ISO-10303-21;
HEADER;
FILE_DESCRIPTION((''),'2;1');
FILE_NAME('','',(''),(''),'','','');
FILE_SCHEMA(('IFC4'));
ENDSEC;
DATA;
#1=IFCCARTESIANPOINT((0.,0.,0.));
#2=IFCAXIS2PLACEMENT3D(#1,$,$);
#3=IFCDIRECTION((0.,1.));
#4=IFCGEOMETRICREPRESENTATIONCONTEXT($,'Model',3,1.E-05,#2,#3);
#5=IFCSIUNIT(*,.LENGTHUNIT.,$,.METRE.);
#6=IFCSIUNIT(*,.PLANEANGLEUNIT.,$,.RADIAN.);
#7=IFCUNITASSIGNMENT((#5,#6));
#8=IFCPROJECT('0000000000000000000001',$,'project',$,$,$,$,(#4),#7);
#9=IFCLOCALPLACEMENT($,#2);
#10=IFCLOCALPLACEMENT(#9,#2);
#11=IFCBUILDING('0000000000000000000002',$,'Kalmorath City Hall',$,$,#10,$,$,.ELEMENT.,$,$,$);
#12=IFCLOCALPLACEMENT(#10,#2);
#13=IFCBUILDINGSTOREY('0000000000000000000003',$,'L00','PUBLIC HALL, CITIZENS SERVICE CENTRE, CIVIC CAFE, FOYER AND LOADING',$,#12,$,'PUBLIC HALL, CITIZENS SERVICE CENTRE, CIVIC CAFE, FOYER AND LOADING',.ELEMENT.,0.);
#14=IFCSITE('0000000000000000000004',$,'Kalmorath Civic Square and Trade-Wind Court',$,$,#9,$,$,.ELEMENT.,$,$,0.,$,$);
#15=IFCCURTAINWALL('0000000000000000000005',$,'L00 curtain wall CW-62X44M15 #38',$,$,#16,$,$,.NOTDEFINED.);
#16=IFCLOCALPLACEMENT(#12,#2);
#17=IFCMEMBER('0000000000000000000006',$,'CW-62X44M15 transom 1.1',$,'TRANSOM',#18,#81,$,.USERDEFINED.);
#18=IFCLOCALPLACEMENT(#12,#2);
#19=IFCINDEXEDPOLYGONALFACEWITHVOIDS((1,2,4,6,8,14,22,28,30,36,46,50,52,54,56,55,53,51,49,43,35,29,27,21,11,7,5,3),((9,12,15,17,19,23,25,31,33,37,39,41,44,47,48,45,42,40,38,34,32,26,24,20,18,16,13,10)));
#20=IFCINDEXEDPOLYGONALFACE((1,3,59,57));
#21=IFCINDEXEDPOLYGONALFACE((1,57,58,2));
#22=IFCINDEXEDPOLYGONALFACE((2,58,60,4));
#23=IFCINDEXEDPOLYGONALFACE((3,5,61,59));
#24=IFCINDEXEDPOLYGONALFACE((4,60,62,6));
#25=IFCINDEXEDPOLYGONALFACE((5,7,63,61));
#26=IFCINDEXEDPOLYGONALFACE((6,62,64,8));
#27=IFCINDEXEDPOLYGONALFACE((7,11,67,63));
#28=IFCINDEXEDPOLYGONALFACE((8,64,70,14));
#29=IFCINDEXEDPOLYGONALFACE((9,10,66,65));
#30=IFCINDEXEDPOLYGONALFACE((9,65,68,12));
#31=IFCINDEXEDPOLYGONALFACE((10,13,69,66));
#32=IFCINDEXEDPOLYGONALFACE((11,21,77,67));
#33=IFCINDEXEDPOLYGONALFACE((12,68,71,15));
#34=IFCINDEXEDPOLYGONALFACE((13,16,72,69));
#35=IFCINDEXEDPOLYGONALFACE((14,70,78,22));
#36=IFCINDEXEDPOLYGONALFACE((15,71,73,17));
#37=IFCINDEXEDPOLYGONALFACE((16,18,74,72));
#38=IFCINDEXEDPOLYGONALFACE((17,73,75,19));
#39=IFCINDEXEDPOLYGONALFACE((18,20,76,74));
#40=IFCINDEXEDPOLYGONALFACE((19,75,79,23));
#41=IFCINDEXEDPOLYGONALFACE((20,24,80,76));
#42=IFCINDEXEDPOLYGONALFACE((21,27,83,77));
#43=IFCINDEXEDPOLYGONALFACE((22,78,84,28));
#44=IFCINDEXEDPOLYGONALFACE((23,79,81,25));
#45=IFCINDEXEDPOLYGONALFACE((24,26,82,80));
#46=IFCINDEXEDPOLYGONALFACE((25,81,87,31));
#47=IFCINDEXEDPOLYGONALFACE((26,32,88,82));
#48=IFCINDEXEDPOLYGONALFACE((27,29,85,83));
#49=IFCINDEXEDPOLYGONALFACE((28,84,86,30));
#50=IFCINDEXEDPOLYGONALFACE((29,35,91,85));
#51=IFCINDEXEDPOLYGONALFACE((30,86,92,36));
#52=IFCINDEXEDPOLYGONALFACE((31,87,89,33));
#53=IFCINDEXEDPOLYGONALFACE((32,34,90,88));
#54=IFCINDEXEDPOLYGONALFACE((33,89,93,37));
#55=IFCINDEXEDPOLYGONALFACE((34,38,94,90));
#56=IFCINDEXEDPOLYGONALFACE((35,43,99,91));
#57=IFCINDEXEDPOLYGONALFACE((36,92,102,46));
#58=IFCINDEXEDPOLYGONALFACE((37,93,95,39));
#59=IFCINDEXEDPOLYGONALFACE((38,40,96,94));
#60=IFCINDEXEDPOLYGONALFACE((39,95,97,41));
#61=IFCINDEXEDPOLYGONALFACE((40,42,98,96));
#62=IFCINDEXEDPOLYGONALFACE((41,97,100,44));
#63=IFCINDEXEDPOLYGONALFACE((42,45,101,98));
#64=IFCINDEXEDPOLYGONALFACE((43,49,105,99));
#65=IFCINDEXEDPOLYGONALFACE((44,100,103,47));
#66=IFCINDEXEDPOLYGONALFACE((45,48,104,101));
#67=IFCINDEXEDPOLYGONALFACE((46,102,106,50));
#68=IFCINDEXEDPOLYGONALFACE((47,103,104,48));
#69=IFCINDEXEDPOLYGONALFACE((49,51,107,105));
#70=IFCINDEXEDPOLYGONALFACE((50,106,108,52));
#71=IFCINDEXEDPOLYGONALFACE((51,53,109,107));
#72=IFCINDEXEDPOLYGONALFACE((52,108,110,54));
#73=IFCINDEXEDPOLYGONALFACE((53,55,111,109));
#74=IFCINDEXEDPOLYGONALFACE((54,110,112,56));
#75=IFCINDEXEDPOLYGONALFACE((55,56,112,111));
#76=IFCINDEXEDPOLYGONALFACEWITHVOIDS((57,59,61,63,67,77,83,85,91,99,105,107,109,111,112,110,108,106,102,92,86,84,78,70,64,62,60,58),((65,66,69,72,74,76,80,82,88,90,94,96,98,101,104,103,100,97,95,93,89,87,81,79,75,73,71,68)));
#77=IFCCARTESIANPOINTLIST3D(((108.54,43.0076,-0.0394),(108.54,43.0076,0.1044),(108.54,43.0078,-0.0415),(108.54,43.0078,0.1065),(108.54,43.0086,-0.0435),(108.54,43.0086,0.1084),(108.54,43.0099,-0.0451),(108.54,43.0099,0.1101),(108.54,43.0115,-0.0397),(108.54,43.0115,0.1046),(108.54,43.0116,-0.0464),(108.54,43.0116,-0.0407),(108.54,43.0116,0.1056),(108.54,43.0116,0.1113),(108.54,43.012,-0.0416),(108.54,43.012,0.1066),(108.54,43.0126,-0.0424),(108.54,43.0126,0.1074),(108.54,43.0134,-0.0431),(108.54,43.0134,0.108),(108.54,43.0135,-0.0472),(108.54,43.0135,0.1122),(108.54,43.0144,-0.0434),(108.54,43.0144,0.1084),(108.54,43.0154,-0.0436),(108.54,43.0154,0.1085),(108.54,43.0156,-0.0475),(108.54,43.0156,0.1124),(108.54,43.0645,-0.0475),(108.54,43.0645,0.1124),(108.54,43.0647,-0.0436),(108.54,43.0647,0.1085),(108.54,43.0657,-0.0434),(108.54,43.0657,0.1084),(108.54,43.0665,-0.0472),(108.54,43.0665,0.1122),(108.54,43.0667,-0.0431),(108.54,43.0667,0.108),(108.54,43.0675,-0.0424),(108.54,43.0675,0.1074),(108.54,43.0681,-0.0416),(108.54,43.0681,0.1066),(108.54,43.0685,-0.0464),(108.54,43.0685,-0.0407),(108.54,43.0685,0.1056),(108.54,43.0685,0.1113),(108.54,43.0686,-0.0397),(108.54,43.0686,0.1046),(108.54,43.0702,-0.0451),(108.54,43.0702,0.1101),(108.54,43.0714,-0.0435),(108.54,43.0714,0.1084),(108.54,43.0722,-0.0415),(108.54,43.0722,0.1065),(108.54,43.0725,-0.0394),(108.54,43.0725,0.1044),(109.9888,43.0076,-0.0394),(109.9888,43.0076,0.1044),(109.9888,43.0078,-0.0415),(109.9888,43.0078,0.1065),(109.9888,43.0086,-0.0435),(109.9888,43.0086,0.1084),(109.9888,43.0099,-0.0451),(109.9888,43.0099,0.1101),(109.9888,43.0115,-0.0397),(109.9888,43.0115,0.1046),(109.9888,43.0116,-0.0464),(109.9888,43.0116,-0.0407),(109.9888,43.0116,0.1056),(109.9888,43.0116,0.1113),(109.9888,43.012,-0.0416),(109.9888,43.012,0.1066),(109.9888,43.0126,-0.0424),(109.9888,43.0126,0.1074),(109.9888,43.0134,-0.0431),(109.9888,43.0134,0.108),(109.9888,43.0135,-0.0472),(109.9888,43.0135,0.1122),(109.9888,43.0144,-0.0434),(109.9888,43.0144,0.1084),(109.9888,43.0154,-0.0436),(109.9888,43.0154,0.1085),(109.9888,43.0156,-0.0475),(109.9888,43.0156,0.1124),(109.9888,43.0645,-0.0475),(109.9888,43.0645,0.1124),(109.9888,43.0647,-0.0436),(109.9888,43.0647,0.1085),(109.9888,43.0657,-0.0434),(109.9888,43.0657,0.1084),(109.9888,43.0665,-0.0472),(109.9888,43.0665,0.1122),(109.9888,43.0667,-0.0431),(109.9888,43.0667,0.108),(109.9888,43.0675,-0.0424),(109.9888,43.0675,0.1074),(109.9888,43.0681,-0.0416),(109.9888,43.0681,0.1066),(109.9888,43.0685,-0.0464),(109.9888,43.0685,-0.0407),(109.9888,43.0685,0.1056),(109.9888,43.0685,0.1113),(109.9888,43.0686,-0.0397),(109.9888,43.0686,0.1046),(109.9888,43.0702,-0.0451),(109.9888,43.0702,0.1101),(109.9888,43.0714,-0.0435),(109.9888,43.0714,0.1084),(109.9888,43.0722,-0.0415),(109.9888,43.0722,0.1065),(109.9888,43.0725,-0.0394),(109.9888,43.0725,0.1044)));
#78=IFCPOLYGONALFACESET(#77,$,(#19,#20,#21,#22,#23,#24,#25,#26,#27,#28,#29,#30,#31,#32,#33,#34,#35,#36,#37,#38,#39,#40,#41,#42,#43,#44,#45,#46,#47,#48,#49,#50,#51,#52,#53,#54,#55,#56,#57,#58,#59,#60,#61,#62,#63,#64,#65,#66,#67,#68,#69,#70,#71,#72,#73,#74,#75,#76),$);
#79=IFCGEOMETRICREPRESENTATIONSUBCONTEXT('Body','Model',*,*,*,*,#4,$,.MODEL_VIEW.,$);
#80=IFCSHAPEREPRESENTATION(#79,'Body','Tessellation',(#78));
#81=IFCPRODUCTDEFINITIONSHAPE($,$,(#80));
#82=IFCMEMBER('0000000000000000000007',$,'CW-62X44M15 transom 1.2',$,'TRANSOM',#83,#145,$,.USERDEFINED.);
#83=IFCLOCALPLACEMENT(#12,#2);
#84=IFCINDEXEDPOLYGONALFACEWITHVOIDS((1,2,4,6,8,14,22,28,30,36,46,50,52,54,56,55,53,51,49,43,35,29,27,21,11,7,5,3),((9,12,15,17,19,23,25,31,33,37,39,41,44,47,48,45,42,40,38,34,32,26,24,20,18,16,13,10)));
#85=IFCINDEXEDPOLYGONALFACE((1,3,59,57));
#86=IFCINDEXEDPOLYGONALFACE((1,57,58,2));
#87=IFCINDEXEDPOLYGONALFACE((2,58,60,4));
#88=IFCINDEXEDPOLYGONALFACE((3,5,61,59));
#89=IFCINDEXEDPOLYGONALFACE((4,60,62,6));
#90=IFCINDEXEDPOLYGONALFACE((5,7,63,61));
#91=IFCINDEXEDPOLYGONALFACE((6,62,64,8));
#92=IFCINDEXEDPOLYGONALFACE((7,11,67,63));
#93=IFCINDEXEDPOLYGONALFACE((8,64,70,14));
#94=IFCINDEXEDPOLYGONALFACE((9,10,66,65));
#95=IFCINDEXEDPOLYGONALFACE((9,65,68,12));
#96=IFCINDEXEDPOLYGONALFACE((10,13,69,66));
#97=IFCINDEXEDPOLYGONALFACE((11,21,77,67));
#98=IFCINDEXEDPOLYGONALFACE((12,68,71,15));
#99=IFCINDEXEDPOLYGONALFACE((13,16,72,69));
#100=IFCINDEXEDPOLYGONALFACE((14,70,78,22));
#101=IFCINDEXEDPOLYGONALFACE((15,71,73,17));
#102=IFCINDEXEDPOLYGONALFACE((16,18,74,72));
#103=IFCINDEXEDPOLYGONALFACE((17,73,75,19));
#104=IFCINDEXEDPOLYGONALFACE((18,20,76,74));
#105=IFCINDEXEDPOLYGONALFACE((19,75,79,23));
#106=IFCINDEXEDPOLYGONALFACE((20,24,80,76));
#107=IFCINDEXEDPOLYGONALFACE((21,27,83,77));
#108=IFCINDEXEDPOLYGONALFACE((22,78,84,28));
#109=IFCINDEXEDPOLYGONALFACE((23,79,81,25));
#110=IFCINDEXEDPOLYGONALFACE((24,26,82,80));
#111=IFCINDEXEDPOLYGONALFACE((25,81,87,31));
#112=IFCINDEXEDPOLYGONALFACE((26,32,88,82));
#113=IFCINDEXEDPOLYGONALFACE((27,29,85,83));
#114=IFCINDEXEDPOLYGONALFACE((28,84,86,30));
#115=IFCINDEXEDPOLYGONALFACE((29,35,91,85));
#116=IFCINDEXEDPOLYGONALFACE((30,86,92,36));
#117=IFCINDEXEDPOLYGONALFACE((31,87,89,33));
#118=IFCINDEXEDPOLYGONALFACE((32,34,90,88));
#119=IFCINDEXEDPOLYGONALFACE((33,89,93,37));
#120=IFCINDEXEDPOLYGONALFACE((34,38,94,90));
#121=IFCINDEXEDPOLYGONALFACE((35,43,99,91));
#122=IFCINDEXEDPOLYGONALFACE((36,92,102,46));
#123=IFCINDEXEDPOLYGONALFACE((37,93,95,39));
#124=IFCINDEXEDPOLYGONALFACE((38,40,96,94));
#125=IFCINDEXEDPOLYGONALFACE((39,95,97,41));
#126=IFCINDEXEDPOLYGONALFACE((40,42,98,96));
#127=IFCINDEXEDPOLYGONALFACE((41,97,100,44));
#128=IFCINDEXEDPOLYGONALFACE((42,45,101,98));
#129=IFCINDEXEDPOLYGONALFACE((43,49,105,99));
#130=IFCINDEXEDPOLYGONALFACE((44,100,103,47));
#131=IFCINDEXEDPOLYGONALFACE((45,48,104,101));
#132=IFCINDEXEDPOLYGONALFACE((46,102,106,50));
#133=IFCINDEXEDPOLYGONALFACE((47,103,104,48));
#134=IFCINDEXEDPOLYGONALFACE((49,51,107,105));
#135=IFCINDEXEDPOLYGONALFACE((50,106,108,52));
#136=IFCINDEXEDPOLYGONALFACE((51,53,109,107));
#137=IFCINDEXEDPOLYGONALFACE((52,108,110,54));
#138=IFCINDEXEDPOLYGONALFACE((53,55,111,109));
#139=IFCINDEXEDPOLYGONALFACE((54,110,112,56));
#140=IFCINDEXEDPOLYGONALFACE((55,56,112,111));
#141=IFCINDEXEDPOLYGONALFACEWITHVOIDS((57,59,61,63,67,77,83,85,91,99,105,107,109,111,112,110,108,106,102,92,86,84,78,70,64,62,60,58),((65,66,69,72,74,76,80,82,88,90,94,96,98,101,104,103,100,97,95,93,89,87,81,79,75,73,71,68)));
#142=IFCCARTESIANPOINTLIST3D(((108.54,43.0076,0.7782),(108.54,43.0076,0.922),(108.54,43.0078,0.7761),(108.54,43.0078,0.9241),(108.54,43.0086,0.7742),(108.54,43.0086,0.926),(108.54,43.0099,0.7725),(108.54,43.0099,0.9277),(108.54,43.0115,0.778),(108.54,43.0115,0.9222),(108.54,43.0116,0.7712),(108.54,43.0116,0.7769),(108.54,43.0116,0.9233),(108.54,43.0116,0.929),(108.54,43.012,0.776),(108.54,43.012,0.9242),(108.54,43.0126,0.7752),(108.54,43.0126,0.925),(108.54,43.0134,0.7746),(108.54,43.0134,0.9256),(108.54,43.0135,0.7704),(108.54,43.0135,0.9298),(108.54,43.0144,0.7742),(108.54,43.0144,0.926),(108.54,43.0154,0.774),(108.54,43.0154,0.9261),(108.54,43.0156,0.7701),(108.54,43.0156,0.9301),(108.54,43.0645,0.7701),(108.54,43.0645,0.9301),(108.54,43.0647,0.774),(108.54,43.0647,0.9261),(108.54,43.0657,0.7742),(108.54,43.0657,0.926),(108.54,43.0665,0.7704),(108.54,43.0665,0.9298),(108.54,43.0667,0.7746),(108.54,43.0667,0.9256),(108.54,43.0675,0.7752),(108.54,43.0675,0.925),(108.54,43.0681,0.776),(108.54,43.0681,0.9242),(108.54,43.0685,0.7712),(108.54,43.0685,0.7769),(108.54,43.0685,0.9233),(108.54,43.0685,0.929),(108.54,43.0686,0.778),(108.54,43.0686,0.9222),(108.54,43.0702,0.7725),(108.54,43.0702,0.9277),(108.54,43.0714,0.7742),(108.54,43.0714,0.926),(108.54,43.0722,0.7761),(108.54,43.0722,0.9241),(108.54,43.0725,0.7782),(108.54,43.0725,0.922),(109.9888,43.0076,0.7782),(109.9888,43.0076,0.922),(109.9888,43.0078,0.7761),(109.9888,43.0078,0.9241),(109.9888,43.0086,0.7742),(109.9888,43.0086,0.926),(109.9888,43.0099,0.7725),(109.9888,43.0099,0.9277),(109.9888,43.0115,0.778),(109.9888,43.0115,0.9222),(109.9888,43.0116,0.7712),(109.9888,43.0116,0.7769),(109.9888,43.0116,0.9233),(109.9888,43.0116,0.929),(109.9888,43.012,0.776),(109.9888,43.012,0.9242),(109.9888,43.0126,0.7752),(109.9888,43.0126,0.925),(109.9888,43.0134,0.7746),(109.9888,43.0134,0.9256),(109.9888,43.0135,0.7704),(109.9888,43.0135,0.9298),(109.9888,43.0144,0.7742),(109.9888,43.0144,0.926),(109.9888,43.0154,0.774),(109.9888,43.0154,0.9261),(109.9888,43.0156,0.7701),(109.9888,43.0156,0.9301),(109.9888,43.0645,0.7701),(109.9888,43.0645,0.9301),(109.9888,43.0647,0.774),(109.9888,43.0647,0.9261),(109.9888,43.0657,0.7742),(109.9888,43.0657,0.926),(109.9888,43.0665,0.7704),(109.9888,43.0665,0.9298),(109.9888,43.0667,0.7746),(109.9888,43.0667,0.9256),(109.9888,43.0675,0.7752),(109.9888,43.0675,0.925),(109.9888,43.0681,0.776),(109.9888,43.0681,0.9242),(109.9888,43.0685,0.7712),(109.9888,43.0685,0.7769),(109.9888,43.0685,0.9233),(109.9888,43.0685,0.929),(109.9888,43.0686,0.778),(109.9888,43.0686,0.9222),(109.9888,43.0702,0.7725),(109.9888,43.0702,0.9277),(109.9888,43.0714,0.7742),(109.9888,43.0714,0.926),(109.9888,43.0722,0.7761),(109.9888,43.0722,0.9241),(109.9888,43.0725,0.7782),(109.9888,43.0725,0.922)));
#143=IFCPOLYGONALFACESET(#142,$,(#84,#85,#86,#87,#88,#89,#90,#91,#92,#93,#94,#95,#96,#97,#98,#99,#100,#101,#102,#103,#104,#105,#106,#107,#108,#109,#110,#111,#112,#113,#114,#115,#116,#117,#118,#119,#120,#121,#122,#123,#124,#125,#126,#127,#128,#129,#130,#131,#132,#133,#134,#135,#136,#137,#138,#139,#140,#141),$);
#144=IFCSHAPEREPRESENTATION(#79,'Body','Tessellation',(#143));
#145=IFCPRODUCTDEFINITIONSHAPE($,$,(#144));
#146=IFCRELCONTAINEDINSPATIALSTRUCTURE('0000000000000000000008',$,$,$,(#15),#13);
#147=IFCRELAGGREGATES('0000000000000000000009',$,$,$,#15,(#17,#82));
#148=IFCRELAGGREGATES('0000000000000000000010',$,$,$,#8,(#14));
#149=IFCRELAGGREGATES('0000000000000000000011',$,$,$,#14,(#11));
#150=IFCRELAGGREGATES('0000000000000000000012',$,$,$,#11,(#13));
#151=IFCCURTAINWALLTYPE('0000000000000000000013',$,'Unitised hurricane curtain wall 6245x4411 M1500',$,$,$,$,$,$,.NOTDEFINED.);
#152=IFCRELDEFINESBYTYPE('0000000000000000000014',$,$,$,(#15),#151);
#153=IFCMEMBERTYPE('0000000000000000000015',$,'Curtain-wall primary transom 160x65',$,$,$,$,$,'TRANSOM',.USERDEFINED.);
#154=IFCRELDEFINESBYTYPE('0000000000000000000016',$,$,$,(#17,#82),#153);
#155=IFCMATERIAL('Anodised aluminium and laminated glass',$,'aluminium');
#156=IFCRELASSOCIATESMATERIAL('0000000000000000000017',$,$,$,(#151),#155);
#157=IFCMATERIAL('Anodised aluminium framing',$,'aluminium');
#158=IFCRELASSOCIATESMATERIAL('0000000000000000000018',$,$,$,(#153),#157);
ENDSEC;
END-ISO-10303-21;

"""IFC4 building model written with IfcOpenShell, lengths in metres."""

from ifc_helpers import new_model, si_unit, direction, frame, origin, origin_2d, place, context, subcontext, project, spatial, hollow_rectangle, extrude, material, material_profile, profile_set, type_object, element, aggregate, save


model = new_model("IFC4")

# Units and contexts
model_context = context("Model", 3, precision=1e-05, world=origin(), true_north=direction((0.0, 1.0)))
body_context = subcontext(model_context, "Body", "Model", "MODEL_VIEW")
ifc_project = project(units=[si_unit("LENGTHUNIT", "METRE"), si_unit("PLANEANGLEUNIT", "RADIAN")], contexts=[model_context])

# Site, building, storey
site_placement = place(None, origin())
site = spatial("IfcSite", under=ifc_project, at=site_placement, Name="Kalmorath Civic Square and Trade-Wind Court", CompositionType="ELEMENT", RefElevation=0.0)
building_placement = place(site_placement, origin())
building = spatial("IfcBuilding", under=site, at=building_placement, Name="Kalmorath City Hall", CompositionType="ELEMENT")
storey_placement = place(building_placement, origin())
storey = spatial("IfcBuildingStorey", under=building, at=storey_placement, Name="L00", Description="PUBLIC HALL, CITIZENS SERVICE CENTRE, CIVIC CAFE, FOYER AND LOADING", LongName="PUBLIC HALL, CITIZENS SERVICE CENTRE, CIVIC CAFE, FOYER AND LOADING", CompositionType="ELEMENT", Elevation=0.0)

# Curtain wall
ifc_material_1 = material(Name="Anodised aluminium and laminated glass", Category="aluminium")
curtain_wall_type_1 = type_object("IfcCurtainWallType", Name="Unitised hurricane curtain wall 6245x4411 M1500", PredefinedType="NOTDEFINED", material=ifc_material_1)
curtain_wall_1_placement = place(storey_placement, origin())
curtain_wall_1 = element("IfcCurtainWall", 1, at=curtain_wall_1_placement, inside=storey, type_object=curtain_wall_type_1, Name="L00 curtain wall CW-62X44M15 #38", PredefinedType="NOTDEFINED")

# Members
ifc_material_2 = material(Name="Anodised aluminium framing", Category="aluminium")
ifc_material_profile_1 = material_profile(ifc_material_2, hollow_rectangle(XDim=0.0649, YDim=0.1599, WallThickness=0.0039, InnerFilletRadius=0.0039, OuterFilletRadius=0.0081, at=origin_2d()), Name="ALU-TRN-160X65X4")
ifc_profile_set_1 = profile_set([ifc_material_profile_1], Name="Anodised aluminium framing")
member_type_1 = type_object("IfcMemberType", Name="Curtain-wall primary transom 160x65", ElementType="TRANSOM", PredefinedType="USERDEFINED", material=ifc_profile_set_1)
member_1_placement = place(storey_placement, frame((108.54, 43.04, 0.0325), z_axis=(1.0, 0.0, 0.0), x_axis=(0.0, 1.0, 0.0)))
member_1 = element("IfcMember", 2, at=member_1_placement, type_object=member_type_1, Name="CW-62X44M15 transom 1.1", ObjectType="TRANSOM", PredefinedType="USERDEFINED", context=body_context, shape_type="SweptSolid", body=[
    extrude(hollow_rectangle(XDim=0.0649, YDim=0.1599, WallThickness=0.0039, InnerFilletRadius=0.0039, OuterFilletRadius=0.0081, at=origin_2d()), origin(), (0.0, 0.0, 1.0), 1.4487),
])
member_2_placement = place(storey_placement, frame((108.54, 43.04, 0.8501), z_axis=(1.0, 0.0, 0.0), x_axis=(0.0, 1.0, 0.0)))
member_2 = element("IfcMember", 3, at=member_2_placement, type_object=member_type_1, Name="CW-62X44M15 transom 1.2", ObjectType="TRANSOM", PredefinedType="USERDEFINED", context=body_context, shape_type="SweptSolid", body=[
    extrude(hollow_rectangle(XDim=0.0649, YDim=0.1599, WallThickness=0.0039, InnerFilletRadius=0.0039, OuterFilletRadius=0.0081, at=origin_2d()), origin(), (0.0, 0.0, 1.0), 1.4487),
])

aggregate(curtain_wall_1, [member_1, member_2])

save(model, "model.ifc")
